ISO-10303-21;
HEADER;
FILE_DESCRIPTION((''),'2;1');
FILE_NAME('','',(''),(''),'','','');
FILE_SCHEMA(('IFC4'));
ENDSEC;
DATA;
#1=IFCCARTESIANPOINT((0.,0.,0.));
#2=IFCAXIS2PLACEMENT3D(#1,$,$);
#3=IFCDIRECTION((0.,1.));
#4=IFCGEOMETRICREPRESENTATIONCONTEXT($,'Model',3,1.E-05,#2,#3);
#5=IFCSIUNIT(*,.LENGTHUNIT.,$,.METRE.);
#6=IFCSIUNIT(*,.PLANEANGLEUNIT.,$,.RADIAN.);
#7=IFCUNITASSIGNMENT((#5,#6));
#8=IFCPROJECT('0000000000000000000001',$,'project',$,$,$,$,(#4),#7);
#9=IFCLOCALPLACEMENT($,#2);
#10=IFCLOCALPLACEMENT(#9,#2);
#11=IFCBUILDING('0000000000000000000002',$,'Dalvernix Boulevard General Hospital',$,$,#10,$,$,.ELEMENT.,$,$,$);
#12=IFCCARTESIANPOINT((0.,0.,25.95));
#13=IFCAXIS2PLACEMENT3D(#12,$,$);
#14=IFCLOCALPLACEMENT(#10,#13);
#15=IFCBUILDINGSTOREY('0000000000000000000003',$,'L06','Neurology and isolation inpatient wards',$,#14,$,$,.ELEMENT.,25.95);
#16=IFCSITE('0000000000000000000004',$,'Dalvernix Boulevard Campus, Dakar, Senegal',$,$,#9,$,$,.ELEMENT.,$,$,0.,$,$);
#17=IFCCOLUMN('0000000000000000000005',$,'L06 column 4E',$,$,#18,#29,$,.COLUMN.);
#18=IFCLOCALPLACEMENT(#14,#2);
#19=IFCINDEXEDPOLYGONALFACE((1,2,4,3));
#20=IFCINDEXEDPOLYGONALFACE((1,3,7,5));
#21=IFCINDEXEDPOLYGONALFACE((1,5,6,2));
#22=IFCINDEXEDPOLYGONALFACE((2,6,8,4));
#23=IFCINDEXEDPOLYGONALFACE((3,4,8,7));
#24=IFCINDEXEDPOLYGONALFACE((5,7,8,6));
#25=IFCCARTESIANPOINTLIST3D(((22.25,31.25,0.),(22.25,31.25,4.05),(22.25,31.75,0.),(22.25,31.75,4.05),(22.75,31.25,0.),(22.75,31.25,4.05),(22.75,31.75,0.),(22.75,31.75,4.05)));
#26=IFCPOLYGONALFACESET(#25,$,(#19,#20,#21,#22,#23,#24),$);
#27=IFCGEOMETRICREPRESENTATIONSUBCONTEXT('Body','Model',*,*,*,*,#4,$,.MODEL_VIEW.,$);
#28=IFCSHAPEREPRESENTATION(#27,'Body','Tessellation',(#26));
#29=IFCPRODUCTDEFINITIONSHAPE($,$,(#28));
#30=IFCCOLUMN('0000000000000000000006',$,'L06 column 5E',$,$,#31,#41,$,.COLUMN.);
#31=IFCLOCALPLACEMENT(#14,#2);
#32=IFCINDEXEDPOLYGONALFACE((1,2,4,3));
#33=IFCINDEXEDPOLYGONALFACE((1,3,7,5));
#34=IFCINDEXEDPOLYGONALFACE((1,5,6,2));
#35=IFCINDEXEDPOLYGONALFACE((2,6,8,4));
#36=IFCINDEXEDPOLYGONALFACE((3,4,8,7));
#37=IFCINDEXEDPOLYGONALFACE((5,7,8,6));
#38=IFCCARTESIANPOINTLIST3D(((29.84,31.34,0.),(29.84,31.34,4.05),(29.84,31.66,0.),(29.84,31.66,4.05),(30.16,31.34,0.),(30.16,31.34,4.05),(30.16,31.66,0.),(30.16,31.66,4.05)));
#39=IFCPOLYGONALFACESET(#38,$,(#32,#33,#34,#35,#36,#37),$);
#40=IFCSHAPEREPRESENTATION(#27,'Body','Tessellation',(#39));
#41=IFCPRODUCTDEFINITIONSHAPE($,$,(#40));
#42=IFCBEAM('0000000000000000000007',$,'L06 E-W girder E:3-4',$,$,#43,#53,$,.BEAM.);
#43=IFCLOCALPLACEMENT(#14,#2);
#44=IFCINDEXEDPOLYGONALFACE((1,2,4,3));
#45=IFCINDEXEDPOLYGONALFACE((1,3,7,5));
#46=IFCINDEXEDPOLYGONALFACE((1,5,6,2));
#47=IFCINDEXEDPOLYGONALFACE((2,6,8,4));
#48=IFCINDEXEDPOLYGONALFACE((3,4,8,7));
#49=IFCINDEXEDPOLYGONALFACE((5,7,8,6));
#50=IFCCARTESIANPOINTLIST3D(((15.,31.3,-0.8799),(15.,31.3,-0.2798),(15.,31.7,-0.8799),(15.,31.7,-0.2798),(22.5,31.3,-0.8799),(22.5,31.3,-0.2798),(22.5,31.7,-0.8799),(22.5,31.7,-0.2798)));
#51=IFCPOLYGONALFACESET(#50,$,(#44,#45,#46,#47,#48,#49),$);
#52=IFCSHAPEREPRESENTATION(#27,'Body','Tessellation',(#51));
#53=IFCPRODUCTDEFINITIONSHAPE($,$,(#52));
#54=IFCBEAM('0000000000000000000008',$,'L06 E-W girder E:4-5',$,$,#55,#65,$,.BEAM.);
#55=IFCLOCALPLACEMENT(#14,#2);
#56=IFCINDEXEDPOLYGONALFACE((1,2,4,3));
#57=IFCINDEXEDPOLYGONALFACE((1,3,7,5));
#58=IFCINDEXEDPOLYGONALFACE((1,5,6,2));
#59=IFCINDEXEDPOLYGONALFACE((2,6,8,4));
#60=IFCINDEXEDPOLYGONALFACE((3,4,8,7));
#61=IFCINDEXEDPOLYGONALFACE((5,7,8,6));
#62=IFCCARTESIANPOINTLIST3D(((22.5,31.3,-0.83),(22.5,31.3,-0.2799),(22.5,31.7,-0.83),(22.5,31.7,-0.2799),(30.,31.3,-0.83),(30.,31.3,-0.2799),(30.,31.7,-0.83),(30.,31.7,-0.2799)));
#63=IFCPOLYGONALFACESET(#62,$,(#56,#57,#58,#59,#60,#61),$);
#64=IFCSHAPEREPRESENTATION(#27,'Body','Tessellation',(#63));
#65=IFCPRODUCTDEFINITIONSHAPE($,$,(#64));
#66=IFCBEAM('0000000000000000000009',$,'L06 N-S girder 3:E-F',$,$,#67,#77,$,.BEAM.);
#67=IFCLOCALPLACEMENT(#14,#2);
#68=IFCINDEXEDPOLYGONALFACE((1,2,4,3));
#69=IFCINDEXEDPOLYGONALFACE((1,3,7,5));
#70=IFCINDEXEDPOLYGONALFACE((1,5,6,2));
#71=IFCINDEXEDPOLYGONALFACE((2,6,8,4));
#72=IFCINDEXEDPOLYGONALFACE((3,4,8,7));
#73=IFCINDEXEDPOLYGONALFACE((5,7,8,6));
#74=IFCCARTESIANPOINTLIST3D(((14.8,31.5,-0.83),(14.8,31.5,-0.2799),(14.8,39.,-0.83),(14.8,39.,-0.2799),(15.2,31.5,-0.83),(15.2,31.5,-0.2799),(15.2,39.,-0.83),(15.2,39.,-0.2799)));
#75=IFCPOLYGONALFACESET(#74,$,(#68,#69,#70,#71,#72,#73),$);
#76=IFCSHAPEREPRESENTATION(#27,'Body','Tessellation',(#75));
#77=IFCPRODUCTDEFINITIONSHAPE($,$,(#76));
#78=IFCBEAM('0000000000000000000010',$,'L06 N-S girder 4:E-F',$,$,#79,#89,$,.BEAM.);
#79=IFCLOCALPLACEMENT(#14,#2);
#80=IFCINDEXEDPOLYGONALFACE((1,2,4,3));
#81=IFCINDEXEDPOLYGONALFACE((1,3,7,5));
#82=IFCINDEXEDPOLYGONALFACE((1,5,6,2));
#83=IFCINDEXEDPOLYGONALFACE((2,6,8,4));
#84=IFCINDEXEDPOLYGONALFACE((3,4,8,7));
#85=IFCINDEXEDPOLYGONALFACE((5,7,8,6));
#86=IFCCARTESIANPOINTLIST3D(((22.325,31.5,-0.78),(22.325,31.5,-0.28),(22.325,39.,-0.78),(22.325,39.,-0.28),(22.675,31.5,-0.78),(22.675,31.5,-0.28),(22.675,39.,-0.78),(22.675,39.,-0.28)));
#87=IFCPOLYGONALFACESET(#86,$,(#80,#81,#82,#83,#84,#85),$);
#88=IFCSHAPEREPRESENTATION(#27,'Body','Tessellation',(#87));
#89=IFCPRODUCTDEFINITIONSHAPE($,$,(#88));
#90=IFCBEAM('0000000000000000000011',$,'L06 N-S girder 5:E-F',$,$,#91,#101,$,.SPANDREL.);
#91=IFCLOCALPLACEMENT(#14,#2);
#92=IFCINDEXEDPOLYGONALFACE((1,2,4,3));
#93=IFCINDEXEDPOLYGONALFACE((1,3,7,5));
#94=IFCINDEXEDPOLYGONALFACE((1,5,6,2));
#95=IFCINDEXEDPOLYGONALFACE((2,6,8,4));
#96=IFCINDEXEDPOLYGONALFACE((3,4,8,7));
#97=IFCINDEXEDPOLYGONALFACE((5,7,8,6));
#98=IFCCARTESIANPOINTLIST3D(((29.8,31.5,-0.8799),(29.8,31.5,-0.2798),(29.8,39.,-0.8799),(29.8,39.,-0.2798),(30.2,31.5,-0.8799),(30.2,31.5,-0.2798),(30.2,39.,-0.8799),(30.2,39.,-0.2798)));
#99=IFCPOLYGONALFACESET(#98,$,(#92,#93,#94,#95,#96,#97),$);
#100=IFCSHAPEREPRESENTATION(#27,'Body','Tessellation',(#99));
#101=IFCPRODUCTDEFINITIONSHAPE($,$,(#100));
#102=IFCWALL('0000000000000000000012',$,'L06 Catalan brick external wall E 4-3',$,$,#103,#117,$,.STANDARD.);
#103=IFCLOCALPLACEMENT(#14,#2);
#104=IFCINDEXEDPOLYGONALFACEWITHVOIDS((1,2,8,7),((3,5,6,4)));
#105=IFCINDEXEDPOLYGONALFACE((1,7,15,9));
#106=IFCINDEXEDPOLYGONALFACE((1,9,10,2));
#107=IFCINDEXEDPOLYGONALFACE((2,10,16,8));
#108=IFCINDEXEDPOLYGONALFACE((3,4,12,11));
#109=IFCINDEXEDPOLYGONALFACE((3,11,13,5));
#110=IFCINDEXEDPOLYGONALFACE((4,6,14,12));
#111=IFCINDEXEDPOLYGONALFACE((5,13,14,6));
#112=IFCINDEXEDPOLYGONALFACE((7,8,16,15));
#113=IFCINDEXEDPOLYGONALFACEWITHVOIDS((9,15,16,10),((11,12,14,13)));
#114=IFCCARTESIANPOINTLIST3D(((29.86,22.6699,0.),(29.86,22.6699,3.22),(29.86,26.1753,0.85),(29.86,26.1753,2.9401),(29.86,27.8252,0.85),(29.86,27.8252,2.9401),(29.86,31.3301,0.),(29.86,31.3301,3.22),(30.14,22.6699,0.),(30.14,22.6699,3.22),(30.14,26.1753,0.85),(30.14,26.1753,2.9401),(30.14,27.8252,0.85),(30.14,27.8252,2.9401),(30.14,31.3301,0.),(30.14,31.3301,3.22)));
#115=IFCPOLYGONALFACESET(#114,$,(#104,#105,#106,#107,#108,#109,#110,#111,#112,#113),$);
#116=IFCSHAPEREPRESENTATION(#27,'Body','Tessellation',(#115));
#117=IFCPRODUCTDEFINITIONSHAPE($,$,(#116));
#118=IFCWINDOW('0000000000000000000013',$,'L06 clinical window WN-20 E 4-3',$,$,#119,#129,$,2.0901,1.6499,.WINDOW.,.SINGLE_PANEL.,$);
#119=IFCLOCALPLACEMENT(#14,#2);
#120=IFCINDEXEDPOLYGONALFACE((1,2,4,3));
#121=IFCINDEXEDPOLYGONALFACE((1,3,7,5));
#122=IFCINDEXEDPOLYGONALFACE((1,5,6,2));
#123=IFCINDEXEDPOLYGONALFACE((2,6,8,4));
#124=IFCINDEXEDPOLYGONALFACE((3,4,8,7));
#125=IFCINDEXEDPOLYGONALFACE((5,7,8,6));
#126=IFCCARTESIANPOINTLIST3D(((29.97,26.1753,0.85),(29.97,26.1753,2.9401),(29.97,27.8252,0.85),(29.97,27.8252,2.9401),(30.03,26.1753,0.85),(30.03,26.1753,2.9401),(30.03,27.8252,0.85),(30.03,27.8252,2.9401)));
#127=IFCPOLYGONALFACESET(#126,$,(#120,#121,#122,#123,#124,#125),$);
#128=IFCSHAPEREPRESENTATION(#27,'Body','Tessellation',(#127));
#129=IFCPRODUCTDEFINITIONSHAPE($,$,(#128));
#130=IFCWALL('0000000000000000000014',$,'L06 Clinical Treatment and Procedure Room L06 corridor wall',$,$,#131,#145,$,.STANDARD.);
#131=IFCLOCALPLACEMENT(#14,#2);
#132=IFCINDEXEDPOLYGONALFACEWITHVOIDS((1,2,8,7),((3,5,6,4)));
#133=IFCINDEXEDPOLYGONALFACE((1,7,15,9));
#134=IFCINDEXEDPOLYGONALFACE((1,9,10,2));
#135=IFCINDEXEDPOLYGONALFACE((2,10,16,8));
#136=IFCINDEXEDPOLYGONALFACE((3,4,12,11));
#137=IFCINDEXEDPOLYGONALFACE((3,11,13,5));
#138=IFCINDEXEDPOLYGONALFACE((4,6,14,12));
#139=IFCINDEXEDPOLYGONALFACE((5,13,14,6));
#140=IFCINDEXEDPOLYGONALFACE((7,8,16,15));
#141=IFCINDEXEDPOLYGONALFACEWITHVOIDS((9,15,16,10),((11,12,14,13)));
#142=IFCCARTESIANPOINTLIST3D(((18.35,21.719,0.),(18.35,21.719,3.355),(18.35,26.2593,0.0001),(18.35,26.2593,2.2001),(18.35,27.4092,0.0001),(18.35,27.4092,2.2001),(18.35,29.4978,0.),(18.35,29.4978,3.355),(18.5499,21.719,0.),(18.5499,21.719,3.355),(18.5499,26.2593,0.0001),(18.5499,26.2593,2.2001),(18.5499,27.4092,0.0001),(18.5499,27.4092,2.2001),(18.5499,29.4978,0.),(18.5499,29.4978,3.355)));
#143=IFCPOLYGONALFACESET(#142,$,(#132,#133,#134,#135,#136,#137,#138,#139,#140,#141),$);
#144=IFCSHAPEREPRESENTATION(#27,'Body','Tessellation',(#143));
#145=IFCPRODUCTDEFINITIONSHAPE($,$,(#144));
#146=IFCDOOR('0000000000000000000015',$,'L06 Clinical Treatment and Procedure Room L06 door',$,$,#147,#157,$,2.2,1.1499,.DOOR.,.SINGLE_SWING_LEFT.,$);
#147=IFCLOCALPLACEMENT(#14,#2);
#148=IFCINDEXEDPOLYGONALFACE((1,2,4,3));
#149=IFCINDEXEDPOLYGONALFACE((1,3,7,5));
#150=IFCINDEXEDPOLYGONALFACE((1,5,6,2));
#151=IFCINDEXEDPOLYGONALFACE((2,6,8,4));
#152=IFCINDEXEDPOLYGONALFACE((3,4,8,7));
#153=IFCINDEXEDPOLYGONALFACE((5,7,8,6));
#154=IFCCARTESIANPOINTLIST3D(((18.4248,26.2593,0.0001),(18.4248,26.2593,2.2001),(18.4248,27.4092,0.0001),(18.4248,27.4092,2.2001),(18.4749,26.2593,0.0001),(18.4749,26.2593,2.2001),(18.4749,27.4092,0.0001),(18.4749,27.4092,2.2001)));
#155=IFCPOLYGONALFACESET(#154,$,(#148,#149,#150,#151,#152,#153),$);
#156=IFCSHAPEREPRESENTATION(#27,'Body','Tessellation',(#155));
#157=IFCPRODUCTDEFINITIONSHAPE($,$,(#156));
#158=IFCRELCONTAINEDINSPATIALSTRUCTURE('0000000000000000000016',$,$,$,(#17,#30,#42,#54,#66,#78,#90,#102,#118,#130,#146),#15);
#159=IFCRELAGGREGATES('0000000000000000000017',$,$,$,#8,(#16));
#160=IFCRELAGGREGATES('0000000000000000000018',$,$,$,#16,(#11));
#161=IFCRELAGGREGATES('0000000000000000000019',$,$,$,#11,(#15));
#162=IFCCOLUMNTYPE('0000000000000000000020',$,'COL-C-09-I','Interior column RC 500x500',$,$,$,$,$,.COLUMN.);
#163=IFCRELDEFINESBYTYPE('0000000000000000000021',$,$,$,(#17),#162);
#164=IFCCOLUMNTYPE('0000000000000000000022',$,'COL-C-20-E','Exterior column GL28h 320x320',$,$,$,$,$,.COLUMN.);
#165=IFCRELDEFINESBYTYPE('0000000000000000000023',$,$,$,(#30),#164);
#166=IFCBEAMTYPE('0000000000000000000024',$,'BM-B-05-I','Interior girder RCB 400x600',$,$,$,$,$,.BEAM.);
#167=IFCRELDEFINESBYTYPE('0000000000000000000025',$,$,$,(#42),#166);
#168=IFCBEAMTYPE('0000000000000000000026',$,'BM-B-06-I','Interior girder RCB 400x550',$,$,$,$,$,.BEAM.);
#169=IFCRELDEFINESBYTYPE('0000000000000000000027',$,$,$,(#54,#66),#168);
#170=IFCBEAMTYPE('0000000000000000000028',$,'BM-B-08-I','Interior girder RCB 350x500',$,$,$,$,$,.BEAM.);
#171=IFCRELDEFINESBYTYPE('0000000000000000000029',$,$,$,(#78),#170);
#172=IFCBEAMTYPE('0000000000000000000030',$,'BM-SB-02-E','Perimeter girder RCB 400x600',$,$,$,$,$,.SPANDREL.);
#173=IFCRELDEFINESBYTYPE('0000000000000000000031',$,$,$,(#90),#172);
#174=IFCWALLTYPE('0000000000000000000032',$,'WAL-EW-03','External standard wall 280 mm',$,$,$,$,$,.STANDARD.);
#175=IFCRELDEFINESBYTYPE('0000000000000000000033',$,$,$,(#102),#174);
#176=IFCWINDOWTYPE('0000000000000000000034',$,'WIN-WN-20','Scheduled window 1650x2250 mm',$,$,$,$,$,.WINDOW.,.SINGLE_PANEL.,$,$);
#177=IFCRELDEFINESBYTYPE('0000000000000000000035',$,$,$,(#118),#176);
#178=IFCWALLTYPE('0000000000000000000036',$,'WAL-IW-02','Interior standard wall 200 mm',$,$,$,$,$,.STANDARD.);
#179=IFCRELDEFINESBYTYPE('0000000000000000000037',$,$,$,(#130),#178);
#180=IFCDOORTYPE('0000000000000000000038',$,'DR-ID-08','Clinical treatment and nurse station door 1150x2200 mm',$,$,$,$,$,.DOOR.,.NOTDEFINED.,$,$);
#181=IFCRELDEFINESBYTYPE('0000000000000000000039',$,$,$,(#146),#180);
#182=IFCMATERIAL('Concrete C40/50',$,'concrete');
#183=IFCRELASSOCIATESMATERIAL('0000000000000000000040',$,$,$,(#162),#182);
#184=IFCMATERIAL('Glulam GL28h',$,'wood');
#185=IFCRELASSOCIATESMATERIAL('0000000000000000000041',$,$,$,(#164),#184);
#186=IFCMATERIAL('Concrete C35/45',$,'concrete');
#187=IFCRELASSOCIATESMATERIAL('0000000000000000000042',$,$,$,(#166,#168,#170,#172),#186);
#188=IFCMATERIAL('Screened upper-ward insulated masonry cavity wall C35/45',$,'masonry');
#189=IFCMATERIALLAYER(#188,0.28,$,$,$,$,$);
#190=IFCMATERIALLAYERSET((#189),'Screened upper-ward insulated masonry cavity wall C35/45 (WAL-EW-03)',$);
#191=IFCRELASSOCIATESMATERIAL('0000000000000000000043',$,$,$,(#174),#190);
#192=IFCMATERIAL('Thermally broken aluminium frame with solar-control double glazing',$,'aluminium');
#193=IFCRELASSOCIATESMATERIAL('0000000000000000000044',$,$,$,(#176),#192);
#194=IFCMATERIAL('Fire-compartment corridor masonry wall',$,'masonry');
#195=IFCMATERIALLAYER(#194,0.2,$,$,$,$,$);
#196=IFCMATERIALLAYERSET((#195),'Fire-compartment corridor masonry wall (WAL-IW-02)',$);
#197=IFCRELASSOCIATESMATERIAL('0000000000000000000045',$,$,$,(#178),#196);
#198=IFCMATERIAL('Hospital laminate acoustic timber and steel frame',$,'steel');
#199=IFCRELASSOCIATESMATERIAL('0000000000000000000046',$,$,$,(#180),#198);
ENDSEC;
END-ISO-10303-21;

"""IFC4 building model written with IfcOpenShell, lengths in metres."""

from ifc_helpers import new_model, si_unit, direction, frame, frame_2d, origin, origin_2d, place, context, subcontext, project, spatial, rectangle, extrude, material, layer, layer_set, material_profile, profile_set, type_object, element, fill, save


model = new_model("IFC4")

# Units and contexts
model_context = context("Model", 3, precision=1e-05, world=origin(), true_north=direction((0.0, 1.0)))
body_context = subcontext(model_context, "Body", "Model", "MODEL_VIEW")
ifc_project = project(units=[si_unit("LENGTHUNIT", "METRE"), si_unit("PLANEANGLEUNIT", "RADIAN")], contexts=[model_context])

# Site, building, storey
site_placement = place(None, origin())
site = spatial("IfcSite", under=ifc_project, at=site_placement, Name="Dalvernix Boulevard Campus, Dakar, Senegal", CompositionType="ELEMENT", RefElevation=0.0)
building_placement = place(site_placement, origin())
building = spatial("IfcBuilding", under=site, at=building_placement, Name="Dalvernix Boulevard General Hospital", CompositionType="ELEMENT")
storey_placement = place(building_placement, frame((0.0, 0.0, 25.95)))
storey = spatial("IfcBuildingStorey", under=building, at=storey_placement, Name="L06", Description="Neurology and isolation inpatient wards", CompositionType="ELEMENT", Elevation=25.95)

# Columns
ifc_material_1 = material(Name="Concrete C40/50", Category="concrete")
ifc_material_profile_1 = material_profile(ifc_material_1, rectangle(XDim=0.5, YDim=0.5, at=origin_2d()), Name="RC 500x500")
ifc_profile_set_1 = profile_set([ifc_material_profile_1], Name="Concrete C40/50")
column_type_1 = type_object("IfcColumnType", Name="COL-C-09-I", Description="Interior column RC 500x500", PredefinedType="COLUMN", material=ifc_profile_set_1)
column_1_placement = place(storey_placement, frame((22.5, 31.5, 0.0), z_axis=(0.0, 0.0, 1.0), x_axis=(1.0, 0.0, 0.0)))
element("IfcColumn", 1, at=column_1_placement, inside=storey, type_object=column_type_1, Name="L06 column 4E", PredefinedType="COLUMN", context=body_context, shape_type="SweptSolid", body=[
    extrude(rectangle(XDim=0.5, YDim=0.5, at=origin_2d()), origin(), (0.0, 0.0, 1.0), 4.05),
])
ifc_material_2 = material(Name="Glulam GL28h", Category="wood")
ifc_material_profile_2 = material_profile(ifc_material_2, rectangle(XDim=0.3201, YDim=0.3201, at=origin_2d()), Name="GL28h 320x320")
ifc_profile_set_2 = profile_set([ifc_material_profile_2], Name="Glulam GL28h")
column_type_2 = type_object("IfcColumnType", Name="COL-C-20-E", Description="Exterior column GL28h 320x320", PredefinedType="COLUMN", material=ifc_profile_set_2)
column_2_placement = place(storey_placement, frame((30.0, 31.5, 0.0), z_axis=(0.0, 0.0, 1.0), x_axis=(1.0, 0.0, 0.0)))
element("IfcColumn", 2, at=column_2_placement, inside=storey, type_object=column_type_2, Name="L06 column 5E", PredefinedType="COLUMN", context=body_context, shape_type="SweptSolid", body=[
    extrude(rectangle(XDim=0.3201, YDim=0.3201, at=origin_2d()), origin(), (0.0, 0.0, 1.0), 4.05),
])

# Beams
ifc_material_3 = material(Name="Concrete C35/45", Category="concrete")
ifc_material_profile_3 = material_profile(ifc_material_3, rectangle(XDim=0.3999, YDim=0.6001, at=origin_2d()), Name="RCB 400x600")
ifc_profile_set_3 = profile_set([ifc_material_profile_3], Name="Concrete C35/45")
beam_type_1 = type_object("IfcBeamType", Name="BM-B-05-I", Description="Interior girder RCB 400x600", PredefinedType="BEAM", material=ifc_profile_set_3)
beam_1_placement = place(storey_placement, frame((15.0, 31.5, -0.5798), z_axis=(1.0, 0.0, 0.0), x_axis=(0.0, 1.0, 0.0)))
element("IfcBeam", 3, at=beam_1_placement, inside=storey, type_object=beam_type_1, Name="L06 E-W girder E:3-4", PredefinedType="BEAM", context=body_context, shape_type="SweptSolid", body=[
    extrude(rectangle(XDim=0.3999, YDim=0.6001, at=origin_2d()), origin(), (0.0, 0.0, 1.0), 7.5),
])
ifc_material_profile_4 = material_profile(ifc_material_3, rectangle(XDim=0.3999, YDim=0.55, at=origin_2d()), Name="RCB 400x550")
ifc_profile_set_4 = profile_set([ifc_material_profile_4], Name="Concrete C35/45")
beam_type_2 = type_object("IfcBeamType", Name="BM-B-06-I", Description="Interior girder RCB 400x550", PredefinedType="BEAM", material=ifc_profile_set_4)
for number, where, z_axis, x_axis, name in (
    (4, (22.5, 31.5, -0.5549), (1.0, 0.0, 0.0), (0.0, 1.0, 0.0), "L06 E-W girder E:4-5"),
    (5, (15.0, 31.5, -0.5549), (0.0, 1.0, 0.0), (-1.0, 0.0, 0.0), "L06 N-S girder 3:E-F"),
):
    element("IfcBeam", number, at=place(storey_placement, frame(where, z_axis=z_axis, x_axis=x_axis)), inside=storey, type_object=beam_type_2, Name=name, PredefinedType="BEAM", context=body_context, shape_type="SweptSolid", body=[
        extrude(rectangle(XDim=0.3999, YDim=0.55, at=origin_2d()), origin(), (0.0, 0.0, 1.0), 7.5),
    ])
ifc_material_profile_5 = material_profile(ifc_material_3, rectangle(XDim=0.3501, YDim=0.5, at=origin_2d()), Name="RCB 350x500")
ifc_profile_set_5 = profile_set([ifc_material_profile_5], Name="Concrete C35/45")
beam_type_3 = type_object("IfcBeamType", Name="BM-B-08-I", Description="Interior girder RCB 350x500", PredefinedType="BEAM", material=ifc_profile_set_5)
beam_2_placement = place(storey_placement, frame((22.5, 31.5, -0.53), z_axis=(0.0, 1.0, 0.0), x_axis=(-1.0, 0.0, 0.0)))
element("IfcBeam", 6, at=beam_2_placement, inside=storey, type_object=beam_type_3, Name="L06 N-S girder 4:E-F", PredefinedType="BEAM", context=body_context, shape_type="SweptSolid", body=[
    extrude(rectangle(XDim=0.3501, YDim=0.5, at=origin_2d()), origin(), (0.0, 0.0, 1.0), 7.5),
])
ifc_material_profile_6 = material_profile(ifc_material_3, rectangle(XDim=0.3999, YDim=0.6001, at=origin_2d()), Name="RCB 400x600")
ifc_profile_set_6 = profile_set([ifc_material_profile_6], Name="Concrete C35/45")
beam_type_4 = type_object("IfcBeamType", Name="BM-SB-02-E", Description="Perimeter girder RCB 400x600", PredefinedType="SPANDREL", material=ifc_profile_set_6)
beam_3_placement = place(storey_placement, frame((30.0, 31.5, -0.5798), z_axis=(0.0, 1.0, 0.0), x_axis=(-1.0, 0.0, 0.0)))
element("IfcBeam", 7, at=beam_3_placement, inside=storey, type_object=beam_type_4, Name="L06 N-S girder 5:E-F", PredefinedType="SPANDREL", context=body_context, shape_type="SweptSolid", body=[
    extrude(rectangle(XDim=0.3999, YDim=0.6001, at=origin_2d()), origin(), (0.0, 0.0, 1.0), 7.5),
])

# Wall, opening, window
ifc_material_4 = material(Name="Screened upper-ward insulated masonry cavity wall C35/45", Category="masonry")
ifc_layer_1 = layer(ifc_material_4, 0.28)
ifc_layer_set_1 = layer_set([ifc_layer_1], Name="Screened upper-ward insulated masonry cavity wall C35/45 (WAL-EW-03)")
wall_type_1 = type_object("IfcWallType", Name="WAL-EW-03", Description="External standard wall 280 mm", PredefinedType="STANDARD", material=ifc_layer_set_1)
wall_1_placement = place(storey_placement, frame((30.0, 31.3301, 0.0), z_axis=(0.0, 0.0, 1.0), x_axis=(0.0, -1.0, 0.0)))
wall_1 = element("IfcWall", 8, at=wall_1_placement, inside=storey, type_object=wall_type_1, Name="L06 Catalan brick external wall E 4-3", PredefinedType="STANDARD", context=body_context, shape_type="SweptSolid", body=[
    extrude(rectangle(XDim=8.6602, YDim=0.28, at=frame_2d((4.3301, 0.0))), origin(), (0.0, 0.0, 1.0), 3.22),
])
opening_1_placement = place(wall_1_placement, frame((3.5049, 0.0, 0.8501)))
opening_1 = element("IfcOpeningElement", 9, at=opening_1_placement, cuts=wall_1, PredefinedType="OPENING", context=body_context, shape_type="SweptSolid", body=[
    extrude(rectangle(XDim=1.6499, YDim=2.0901, at=frame_2d((0.825, 1.0449))), frame((0.0, 0.1499, 0.0), z_axis=(0.0, -1.0, 0.0), x_axis=(1.0, 0.0, 0.0)), (0.0, 0.0, 1.0), 0.3),
])
ifc_material_5 = material(Name="Thermally broken aluminium frame with solar-control double glazing", Category="aluminium")
window_type = type_object("IfcWindowType", Name="WIN-WN-20", Description="Scheduled window 1650x2250 mm", PartitioningType="SINGLE_PANEL", PredefinedType="WINDOW", material=ifc_material_5)
window_placement = place(opening_1_placement, origin())
window = element("IfcWindow", 10, at=window_placement, inside=storey, type_object=window_type, Name="L06 clinical window WN-20 E 4-3", OverallHeight=2.0901, OverallWidth=1.6499, PartitioningType="SINGLE_PANEL", PredefinedType="WINDOW", context=body_context, shape_type="SweptSolid", body=[
    extrude(rectangle(XDim=1.6499, YDim=2.0901, at=frame_2d((0.825, 1.0449))), frame((0.0, 0.03, 0.0), z_axis=(0.0, -1.0, 0.0), x_axis=(1.0, 0.0, 0.0)), (0.0, 0.0, 1.0), 0.0601),
])
fill(opening_1, window)

# Wall, opening, door
ifc_material_6 = material(Name="Fire-compartment corridor masonry wall", Category="masonry")
ifc_layer_2 = layer(ifc_material_6, 0.2)
ifc_layer_set_2 = layer_set([ifc_layer_2], Name="Fire-compartment corridor masonry wall (WAL-IW-02)")
wall_type_2 = type_object("IfcWallType", Name="WAL-IW-02", Description="Interior standard wall 200 mm", PredefinedType="STANDARD", material=ifc_layer_set_2)
wall_2_placement = place(storey_placement, frame((18.45, 29.4978, 0.0), z_axis=(0.0, 0.0, 1.0), x_axis=(0.0, -1.0, 0.0)))
wall_2 = element("IfcWall", 11, at=wall_2_placement, inside=storey, type_object=wall_type_2, Name="L06 Clinical Treatment and Procedure Room L06 corridor wall", PredefinedType="STANDARD", context=body_context, shape_type="SweptSolid", body=[
    extrude(rectangle(XDim=7.7788, YDim=0.2, at=frame_2d((3.8894, 0.0))), origin(), (0.0, 0.0, 1.0), 3.355),
])
opening_2_placement = place(wall_2_placement, frame((2.0886, 0.0, 0.0)))
opening_2 = element("IfcOpeningElement", 12, at=opening_2_placement, cuts=wall_2, PredefinedType="OPENING", context=body_context, shape_type="SweptSolid", body=[
    extrude(rectangle(XDim=1.1499, YDim=2.2, at=frame_2d((0.575, 1.1001))), frame((0.0, 0.1099, 0.0), z_axis=(0.0, -1.0, 0.0), x_axis=(1.0, 0.0, 0.0)), (0.0, 0.0, 1.0), 0.22),
])
ifc_material_7 = material(Name="Hospital laminate acoustic timber and steel frame", Category="steel")
door_type = type_object("IfcDoorType", Name="DR-ID-08", Description="Clinical treatment and nurse station door 1150x2200 mm", OperationType="NOTDEFINED", PredefinedType="DOOR", material=ifc_material_7)
door_placement = place(opening_2_placement, origin())
door = element("IfcDoor", 13, at=door_placement, inside=storey, type_object=door_type, Name="L06 Clinical Treatment and Procedure Room L06 door", OperationType="SINGLE_SWING_LEFT", OverallHeight=2.2, OverallWidth=1.1499, PredefinedType="DOOR", context=body_context, shape_type="SweptSolid", body=[
    extrude(rectangle(XDim=1.1499, YDim=2.2, at=frame_2d((0.575, 1.1001))), frame((0.0, 0.0249, 0.0), z_axis=(0.0, -1.0, 0.0), x_axis=(1.0, 0.0, 0.0)), (0.0, 0.0, 1.0), 0.05),
])
fill(opening_2, door)

save(model, "model.ifc")
